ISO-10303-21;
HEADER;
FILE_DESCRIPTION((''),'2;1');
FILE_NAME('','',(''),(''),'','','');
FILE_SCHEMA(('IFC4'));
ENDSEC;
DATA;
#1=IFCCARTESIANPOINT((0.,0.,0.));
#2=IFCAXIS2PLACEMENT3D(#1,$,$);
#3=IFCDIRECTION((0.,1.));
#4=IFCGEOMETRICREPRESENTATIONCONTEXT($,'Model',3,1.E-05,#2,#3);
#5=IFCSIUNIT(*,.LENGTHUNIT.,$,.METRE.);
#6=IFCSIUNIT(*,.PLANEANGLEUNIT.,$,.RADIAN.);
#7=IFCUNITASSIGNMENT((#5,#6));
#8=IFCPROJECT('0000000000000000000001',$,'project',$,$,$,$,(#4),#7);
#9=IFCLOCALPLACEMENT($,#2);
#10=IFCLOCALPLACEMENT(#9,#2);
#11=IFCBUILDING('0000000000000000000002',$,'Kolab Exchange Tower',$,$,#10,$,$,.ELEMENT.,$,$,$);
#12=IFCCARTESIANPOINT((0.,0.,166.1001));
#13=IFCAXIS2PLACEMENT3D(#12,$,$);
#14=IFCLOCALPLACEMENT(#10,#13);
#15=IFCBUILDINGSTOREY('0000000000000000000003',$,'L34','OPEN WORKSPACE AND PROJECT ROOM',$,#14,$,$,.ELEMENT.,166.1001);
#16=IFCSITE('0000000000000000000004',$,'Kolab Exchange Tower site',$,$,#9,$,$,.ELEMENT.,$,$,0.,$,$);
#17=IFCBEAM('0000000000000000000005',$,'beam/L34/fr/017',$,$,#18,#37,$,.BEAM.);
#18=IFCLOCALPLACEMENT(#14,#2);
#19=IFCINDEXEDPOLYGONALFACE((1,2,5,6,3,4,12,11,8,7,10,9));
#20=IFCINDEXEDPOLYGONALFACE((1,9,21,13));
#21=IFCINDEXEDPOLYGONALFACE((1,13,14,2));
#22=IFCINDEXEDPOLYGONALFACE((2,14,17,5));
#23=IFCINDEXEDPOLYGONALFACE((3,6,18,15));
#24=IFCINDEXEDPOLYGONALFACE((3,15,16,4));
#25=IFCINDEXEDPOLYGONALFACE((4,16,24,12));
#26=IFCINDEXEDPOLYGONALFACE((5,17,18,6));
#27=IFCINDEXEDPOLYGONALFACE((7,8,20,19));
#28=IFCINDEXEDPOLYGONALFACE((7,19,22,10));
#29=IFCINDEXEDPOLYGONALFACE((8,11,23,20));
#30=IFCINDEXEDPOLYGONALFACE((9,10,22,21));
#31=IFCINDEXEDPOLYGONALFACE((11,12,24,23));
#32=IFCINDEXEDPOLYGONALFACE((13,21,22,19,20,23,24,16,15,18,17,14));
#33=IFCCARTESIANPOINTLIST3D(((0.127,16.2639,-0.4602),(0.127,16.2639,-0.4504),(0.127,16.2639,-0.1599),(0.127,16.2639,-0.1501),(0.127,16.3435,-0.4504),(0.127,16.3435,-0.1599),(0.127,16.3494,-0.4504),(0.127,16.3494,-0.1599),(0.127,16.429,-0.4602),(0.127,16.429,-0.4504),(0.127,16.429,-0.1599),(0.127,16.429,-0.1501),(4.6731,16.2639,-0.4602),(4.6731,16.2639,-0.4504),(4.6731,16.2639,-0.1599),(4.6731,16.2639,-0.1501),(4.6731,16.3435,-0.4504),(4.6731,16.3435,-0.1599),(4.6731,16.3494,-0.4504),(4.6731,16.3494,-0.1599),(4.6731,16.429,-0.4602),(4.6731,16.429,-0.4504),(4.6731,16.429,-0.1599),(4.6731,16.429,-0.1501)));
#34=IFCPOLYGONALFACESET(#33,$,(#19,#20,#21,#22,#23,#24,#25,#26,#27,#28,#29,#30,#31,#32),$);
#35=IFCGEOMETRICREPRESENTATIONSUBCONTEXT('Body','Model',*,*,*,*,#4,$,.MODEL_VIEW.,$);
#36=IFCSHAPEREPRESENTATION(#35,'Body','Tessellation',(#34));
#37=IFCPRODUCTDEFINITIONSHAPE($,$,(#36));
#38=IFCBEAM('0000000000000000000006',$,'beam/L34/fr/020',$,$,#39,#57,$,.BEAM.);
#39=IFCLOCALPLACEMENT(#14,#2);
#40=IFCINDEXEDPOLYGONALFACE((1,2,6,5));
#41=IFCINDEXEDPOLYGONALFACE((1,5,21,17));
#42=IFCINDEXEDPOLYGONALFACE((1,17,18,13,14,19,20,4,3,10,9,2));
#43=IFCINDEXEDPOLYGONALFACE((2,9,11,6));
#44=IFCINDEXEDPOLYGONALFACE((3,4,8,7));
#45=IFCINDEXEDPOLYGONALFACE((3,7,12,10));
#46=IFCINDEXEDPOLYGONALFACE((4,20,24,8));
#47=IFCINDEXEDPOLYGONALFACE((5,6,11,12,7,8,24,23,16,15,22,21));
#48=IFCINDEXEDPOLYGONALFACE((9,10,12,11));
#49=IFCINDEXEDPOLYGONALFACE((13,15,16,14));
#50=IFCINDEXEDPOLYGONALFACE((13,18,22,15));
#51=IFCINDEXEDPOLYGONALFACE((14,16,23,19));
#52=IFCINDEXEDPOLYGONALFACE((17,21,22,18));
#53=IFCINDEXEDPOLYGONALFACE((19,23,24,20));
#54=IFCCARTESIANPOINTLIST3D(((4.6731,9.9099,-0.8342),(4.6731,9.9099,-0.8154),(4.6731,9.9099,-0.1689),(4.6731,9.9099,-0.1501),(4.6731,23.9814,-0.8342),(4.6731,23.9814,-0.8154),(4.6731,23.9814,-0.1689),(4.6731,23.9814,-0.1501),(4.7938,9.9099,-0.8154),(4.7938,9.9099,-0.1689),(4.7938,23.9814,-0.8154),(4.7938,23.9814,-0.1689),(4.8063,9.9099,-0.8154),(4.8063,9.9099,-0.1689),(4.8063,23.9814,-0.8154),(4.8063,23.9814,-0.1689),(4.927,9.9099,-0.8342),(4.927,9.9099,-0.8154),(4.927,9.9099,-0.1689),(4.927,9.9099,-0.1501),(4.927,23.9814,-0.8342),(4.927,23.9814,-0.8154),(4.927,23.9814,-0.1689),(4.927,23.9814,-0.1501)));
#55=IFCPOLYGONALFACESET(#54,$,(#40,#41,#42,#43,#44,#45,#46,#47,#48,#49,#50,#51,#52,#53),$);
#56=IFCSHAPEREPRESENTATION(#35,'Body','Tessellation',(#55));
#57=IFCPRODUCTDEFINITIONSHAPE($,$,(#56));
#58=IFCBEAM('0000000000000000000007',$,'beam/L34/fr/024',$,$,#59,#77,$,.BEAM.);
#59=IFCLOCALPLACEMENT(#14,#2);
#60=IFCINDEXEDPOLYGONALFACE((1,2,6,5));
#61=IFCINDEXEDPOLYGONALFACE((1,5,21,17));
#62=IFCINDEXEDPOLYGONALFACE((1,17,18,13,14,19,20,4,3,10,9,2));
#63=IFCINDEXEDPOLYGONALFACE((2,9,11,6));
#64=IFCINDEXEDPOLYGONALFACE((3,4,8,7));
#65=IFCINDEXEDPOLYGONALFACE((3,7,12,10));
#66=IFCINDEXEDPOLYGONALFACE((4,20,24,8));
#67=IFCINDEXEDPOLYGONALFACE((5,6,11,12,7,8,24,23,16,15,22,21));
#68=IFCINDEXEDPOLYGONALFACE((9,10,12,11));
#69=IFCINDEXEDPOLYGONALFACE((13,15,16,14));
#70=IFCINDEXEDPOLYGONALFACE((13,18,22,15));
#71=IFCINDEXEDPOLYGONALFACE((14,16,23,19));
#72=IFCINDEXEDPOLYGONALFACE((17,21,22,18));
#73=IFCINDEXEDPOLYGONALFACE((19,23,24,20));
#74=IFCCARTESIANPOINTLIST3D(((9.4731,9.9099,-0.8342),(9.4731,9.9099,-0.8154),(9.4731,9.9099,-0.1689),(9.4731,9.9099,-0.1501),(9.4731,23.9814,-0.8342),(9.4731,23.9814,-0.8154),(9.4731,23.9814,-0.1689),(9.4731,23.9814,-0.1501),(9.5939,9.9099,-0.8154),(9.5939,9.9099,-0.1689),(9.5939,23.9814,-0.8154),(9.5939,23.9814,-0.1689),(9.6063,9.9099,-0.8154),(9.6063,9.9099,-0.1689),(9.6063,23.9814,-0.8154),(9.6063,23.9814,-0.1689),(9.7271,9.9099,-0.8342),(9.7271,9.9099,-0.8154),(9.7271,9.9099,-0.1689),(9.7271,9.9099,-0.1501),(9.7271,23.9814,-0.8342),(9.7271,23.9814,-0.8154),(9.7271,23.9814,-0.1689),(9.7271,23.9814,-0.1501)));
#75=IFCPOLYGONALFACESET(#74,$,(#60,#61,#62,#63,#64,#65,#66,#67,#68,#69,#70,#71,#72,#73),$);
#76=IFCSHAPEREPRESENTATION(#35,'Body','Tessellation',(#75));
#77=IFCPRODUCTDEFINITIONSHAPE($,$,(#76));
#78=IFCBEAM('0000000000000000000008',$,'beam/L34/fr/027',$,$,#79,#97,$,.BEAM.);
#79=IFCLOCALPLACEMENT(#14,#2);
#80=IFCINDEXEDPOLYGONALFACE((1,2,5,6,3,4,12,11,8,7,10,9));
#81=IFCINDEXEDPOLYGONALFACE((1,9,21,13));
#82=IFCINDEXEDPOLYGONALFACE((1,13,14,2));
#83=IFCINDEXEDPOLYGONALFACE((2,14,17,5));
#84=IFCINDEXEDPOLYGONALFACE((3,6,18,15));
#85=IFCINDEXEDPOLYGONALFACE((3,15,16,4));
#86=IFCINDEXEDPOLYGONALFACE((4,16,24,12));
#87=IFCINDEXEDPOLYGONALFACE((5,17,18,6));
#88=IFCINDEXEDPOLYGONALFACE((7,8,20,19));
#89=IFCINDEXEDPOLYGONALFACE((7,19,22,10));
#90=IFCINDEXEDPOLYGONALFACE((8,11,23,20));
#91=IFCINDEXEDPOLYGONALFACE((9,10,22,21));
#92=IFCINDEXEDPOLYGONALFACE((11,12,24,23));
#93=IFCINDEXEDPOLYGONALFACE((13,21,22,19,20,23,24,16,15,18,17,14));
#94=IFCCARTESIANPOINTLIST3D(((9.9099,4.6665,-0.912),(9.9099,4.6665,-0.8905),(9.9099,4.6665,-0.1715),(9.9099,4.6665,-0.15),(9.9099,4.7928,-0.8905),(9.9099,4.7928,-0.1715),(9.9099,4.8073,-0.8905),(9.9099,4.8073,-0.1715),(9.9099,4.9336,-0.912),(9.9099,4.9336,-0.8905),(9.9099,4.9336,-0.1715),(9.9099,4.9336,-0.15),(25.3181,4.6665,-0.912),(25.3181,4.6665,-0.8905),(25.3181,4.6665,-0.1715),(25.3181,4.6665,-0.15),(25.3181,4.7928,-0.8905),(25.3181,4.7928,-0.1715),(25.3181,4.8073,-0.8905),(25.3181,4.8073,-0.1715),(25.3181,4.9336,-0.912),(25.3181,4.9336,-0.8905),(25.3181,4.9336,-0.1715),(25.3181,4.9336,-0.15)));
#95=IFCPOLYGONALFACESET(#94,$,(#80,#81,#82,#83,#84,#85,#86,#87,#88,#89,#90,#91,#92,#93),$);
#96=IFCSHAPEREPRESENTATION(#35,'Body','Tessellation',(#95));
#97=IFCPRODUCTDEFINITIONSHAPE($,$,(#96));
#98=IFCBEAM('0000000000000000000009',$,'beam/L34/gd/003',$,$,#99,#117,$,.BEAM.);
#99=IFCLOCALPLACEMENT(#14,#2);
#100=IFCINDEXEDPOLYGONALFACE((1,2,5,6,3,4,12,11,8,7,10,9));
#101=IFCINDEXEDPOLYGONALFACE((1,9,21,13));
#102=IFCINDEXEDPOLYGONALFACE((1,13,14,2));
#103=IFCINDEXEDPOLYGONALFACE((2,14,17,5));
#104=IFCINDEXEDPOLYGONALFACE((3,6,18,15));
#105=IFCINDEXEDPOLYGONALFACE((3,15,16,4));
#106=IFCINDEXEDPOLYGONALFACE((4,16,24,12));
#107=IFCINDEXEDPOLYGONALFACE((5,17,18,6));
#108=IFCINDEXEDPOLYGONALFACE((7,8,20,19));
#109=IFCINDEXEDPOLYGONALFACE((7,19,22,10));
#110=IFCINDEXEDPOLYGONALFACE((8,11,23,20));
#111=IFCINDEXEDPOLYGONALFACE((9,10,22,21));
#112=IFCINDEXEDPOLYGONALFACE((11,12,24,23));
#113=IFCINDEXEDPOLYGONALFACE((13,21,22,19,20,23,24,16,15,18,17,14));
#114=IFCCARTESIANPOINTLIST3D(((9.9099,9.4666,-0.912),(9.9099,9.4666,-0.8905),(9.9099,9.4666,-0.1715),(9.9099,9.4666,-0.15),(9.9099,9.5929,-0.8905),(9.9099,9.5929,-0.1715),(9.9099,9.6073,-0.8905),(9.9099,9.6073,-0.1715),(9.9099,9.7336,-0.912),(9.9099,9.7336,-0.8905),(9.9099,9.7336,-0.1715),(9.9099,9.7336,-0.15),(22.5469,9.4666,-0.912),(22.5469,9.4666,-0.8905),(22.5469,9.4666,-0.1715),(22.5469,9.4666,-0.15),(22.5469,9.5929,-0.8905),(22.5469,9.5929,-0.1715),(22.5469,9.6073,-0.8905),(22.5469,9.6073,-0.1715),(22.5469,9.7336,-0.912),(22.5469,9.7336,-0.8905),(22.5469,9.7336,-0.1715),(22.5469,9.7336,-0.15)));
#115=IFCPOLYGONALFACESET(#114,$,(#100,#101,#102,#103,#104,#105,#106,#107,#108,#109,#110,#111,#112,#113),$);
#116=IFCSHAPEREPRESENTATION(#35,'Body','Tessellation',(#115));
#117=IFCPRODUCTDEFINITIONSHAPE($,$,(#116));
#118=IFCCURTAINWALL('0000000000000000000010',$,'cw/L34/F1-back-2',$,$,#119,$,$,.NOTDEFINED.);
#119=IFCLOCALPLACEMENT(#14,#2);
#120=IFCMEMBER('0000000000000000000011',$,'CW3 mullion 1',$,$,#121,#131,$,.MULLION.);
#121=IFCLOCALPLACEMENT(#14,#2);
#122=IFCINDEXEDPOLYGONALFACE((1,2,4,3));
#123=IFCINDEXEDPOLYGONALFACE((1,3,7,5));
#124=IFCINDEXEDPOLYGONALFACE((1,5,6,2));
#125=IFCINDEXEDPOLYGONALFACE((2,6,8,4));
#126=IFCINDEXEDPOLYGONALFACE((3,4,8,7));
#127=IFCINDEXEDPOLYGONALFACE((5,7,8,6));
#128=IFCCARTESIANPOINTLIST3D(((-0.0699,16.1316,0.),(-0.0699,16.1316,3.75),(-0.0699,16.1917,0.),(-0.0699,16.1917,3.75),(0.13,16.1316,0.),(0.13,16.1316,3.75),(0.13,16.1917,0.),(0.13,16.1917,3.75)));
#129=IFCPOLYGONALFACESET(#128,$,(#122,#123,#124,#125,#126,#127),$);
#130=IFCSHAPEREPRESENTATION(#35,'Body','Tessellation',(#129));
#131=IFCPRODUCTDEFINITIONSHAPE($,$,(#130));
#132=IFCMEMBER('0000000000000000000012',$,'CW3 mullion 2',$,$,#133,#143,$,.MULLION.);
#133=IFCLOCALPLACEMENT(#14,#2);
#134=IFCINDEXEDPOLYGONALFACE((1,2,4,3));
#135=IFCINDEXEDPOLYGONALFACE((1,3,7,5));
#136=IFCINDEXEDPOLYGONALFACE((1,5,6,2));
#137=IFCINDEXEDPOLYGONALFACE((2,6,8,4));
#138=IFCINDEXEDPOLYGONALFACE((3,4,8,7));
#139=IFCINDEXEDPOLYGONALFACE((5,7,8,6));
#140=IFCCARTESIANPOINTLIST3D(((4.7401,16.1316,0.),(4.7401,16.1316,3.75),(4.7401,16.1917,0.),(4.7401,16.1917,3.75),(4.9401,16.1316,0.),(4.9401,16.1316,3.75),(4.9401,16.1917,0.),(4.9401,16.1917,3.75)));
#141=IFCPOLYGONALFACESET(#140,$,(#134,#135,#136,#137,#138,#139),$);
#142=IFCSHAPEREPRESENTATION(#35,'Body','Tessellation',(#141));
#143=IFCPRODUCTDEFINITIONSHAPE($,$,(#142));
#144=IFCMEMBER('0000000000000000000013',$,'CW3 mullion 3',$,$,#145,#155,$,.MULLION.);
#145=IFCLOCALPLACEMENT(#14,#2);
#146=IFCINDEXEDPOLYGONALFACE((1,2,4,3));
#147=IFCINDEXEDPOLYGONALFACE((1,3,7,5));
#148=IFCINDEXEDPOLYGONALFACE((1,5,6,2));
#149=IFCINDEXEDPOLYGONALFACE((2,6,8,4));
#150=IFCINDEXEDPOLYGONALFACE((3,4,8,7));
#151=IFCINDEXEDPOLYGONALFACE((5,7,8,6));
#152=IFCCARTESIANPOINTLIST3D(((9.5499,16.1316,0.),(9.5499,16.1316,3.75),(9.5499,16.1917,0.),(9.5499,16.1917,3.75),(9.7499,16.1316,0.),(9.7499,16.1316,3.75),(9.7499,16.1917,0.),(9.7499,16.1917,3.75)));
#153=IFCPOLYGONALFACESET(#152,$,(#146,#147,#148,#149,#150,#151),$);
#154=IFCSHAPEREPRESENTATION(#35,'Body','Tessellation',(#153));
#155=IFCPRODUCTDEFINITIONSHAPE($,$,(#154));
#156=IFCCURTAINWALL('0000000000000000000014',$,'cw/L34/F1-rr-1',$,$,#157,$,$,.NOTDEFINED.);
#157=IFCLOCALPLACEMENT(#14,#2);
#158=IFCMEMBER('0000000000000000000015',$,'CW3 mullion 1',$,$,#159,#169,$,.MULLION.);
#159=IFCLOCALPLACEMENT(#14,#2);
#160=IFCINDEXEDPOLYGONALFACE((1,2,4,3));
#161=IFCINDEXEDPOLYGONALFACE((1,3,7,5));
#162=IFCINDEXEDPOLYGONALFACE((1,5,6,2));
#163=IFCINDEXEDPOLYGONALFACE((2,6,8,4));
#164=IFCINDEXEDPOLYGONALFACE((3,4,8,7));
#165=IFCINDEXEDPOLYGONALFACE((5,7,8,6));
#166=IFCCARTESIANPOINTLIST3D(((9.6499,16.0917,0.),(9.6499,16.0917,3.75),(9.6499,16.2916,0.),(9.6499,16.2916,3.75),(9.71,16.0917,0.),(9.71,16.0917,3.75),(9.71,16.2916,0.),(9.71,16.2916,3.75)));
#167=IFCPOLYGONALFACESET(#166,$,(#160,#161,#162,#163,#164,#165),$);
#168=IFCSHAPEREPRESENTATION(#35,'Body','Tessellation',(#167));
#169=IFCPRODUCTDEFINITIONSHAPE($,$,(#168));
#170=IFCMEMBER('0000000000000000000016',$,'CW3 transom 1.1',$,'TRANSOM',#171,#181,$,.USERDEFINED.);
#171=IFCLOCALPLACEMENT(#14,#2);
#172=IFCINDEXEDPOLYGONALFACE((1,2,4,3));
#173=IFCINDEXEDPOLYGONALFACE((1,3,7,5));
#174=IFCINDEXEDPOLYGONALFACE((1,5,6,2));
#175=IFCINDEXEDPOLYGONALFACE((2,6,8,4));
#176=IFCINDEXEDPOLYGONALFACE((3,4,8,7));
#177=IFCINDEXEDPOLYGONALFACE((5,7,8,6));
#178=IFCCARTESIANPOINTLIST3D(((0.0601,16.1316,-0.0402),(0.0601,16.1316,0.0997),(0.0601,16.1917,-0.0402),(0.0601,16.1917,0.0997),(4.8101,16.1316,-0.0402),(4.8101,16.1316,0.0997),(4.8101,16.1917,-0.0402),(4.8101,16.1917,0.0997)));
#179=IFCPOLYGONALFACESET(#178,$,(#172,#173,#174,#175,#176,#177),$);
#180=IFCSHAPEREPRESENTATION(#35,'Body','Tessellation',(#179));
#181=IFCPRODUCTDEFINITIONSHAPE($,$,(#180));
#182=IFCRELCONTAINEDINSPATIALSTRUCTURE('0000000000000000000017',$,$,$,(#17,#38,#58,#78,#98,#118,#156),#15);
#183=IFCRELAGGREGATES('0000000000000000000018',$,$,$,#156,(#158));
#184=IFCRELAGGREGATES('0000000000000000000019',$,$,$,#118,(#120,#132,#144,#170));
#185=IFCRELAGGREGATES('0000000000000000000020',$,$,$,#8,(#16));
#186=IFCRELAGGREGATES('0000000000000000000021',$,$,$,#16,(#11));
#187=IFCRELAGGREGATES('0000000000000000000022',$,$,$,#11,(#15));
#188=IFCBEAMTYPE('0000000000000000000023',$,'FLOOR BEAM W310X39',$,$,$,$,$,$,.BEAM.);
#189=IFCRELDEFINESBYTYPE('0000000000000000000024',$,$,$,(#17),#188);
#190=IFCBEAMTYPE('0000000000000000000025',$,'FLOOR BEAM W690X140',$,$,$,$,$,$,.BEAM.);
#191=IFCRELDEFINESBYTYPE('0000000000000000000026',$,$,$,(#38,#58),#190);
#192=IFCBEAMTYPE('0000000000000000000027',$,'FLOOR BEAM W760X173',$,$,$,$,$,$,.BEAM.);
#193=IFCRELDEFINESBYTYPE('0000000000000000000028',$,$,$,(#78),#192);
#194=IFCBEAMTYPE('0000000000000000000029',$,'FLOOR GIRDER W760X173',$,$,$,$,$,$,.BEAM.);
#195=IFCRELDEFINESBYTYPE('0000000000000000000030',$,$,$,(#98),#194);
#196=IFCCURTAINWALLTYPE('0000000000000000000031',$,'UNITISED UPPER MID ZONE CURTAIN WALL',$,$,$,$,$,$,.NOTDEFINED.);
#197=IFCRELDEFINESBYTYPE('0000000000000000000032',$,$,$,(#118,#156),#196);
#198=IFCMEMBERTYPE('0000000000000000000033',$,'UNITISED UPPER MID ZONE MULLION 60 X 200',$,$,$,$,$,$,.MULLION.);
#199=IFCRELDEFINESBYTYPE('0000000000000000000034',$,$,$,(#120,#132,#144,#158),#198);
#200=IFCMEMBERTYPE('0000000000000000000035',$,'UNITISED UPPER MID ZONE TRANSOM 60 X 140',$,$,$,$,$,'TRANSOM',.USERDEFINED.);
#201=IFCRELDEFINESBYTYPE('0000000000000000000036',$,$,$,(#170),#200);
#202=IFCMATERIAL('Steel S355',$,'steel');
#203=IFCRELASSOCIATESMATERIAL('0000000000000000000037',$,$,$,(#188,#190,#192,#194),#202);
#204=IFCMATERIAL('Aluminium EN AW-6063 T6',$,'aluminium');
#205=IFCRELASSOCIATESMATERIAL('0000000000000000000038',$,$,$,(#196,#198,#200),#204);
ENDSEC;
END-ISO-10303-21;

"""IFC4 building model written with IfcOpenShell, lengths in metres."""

from ifc_helpers import new_model, si_unit, direction, frame, origin, origin_2d, place, context, subcontext, project, spatial, rectangle, i_section, extrude, material, material_profile, profile_set, type_object, element, aggregate, save


model = new_model("IFC4")

# Units and contexts
model_context = context("Model", 3, precision=1e-05, world=origin(), true_north=direction((0.0, 1.0)))
body_context = subcontext(model_context, "Body", "Model", "MODEL_VIEW")
ifc_project = project(units=[si_unit("LENGTHUNIT", "METRE"), si_unit("PLANEANGLEUNIT", "RADIAN")], contexts=[model_context])

# Site, building, storey
site_placement = place(None, origin())
site = spatial("IfcSite", under=ifc_project, at=site_placement, Name="Kolab Exchange Tower site", CompositionType="ELEMENT", RefElevation=0.0)
building_placement = place(site_placement, origin())
building = spatial("IfcBuilding", under=site, at=building_placement, Name="Kolab Exchange Tower", CompositionType="ELEMENT")
storey_placement = place(building_placement, frame((0.0, 0.0, 166.1001)))
storey = spatial("IfcBuildingStorey", under=building, at=storey_placement, Name="L34", Description="OPEN WORKSPACE AND PROJECT ROOM", CompositionType="ELEMENT", Elevation=166.1001)

# Beams
ifc_material_1 = material(Name="Steel S355", Category="steel")
ifc_material_profile_1 = material_profile(ifc_material_1, i_section(OverallWidth=0.165, OverallDepth=0.3101, WebThickness=0.0059, FlangeThickness=0.0098, at=origin_2d()), Name="W310X39")
ifc_profile_set_1 = profile_set([ifc_material_profile_1], Name="Steel S355")
beam_type_1 = type_object("IfcBeamType", Name="FLOOR BEAM W310X39", PredefinedType="BEAM", material=ifc_profile_set_1)
beam_1_placement = place(storey_placement, frame((0.127, 16.3464, -0.3052), z_axis=(1.0, 0.0, 0.0), x_axis=(0.0, 1.0, 0.0)))
element("IfcBeam", 1, at=beam_1_placement, inside=storey, type_object=beam_type_1, Name="beam/L34/fr/017", PredefinedType="BEAM", context=body_context, shape_type="SweptSolid", body=[
    extrude(i_section(OverallWidth=0.165, OverallDepth=0.3101, WebThickness=0.0059, FlangeThickness=0.0098, at=origin_2d()), origin(), (0.0, 0.0, 1.0), 4.5461),
])
ifc_material_profile_2 = material_profile(ifc_material_1, i_section(OverallWidth=0.2539, OverallDepth=0.6841, WebThickness=0.0125, FlangeThickness=0.0188, at=origin_2d()), Name="W690X140")
ifc_profile_set_2 = profile_set([ifc_material_profile_2], Name="Steel S355")
beam_type_2 = type_object("IfcBeamType", Name="FLOOR BEAM W690X140", PredefinedType="BEAM", material=ifc_profile_set_2)
for number, where, z_axis, x_axis, name in (
    (2, (4.8, 9.9099, -0.4922), (0.0, 1.0, 0.0), (-1.0, 0.0, 0.0), "beam/L34/fr/020"),
    (3, (9.6001, 9.9099, -0.4922), (0.0, 1.0, 0.0), (-1.0, 0.0, 0.0), "beam/L34/fr/024"),
):
    element("IfcBeam", number, at=place(storey_placement, frame(where, z_axis=z_axis, x_axis=x_axis)), inside=storey, type_object=beam_type_2, Name=name, PredefinedType="BEAM", context=body_context, shape_type="SweptSolid", body=[
        extrude(i_section(OverallWidth=0.2539, OverallDepth=0.6841, WebThickness=0.0125, FlangeThickness=0.0188, at=origin_2d()), origin(), (0.0, 0.0, 1.0), 14.0715),
    ])
ifc_material_profile_3 = material_profile(ifc_material_1, i_section(OverallWidth=0.2671, OverallDepth=0.762, WebThickness=0.0144, FlangeThickness=0.0215, at=origin_2d()), Name="W760X173")
ifc_profile_set_3 = profile_set([ifc_material_profile_3], Name="Steel S355")
beam_type_3 = type_object("IfcBeamType", Name="FLOOR BEAM W760X173", PredefinedType="BEAM", material=ifc_profile_set_3)
beam_2_placement = place(storey_placement, frame((9.9099, 4.8, -0.531), z_axis=(1.0, 0.0, 0.0), x_axis=(0.0, 1.0, 0.0)))
element("IfcBeam", 4, at=beam_2_placement, inside=storey, type_object=beam_type_3, Name="beam/L34/fr/027", PredefinedType="BEAM", context=body_context, shape_type="SweptSolid", body=[
    extrude(i_section(OverallWidth=0.2671, OverallDepth=0.762, WebThickness=0.0144, FlangeThickness=0.0215, at=origin_2d()), origin(), (0.0, 0.0, 1.0), 15.4082),
])
ifc_material_profile_4 = material_profile(ifc_material_1, i_section(OverallWidth=0.2671, OverallDepth=0.762, WebThickness=0.0144, FlangeThickness=0.0215, at=origin_2d()), Name="W760X173")
ifc_profile_set_4 = profile_set([ifc_material_profile_4], Name="Steel S355")
beam_type_4 = type_object("IfcBeamType", Name="FLOOR GIRDER W760X173", PredefinedType="BEAM", material=ifc_profile_set_4)
beam_3_placement = place(storey_placement, frame((9.9099, 9.6001, -0.531), z_axis=(1.0, 0.0, 0.0), x_axis=(0.0, 1.0, 0.0)))
element("IfcBeam", 5, at=beam_3_placement, inside=storey, type_object=beam_type_4, Name="beam/L34/gd/003", PredefinedType="BEAM", context=body_context, shape_type="SweptSolid", body=[
    extrude(i_section(OverallWidth=0.2671, OverallDepth=0.762, WebThickness=0.0144, FlangeThickness=0.0215, at=origin_2d()), origin(), (0.0, 0.0, 1.0), 12.637),
])

# Curtain wall, members
ifc_material_2 = material(Name="Aluminium EN AW-6063 T6", Category="aluminium")
curtain_wall_type = type_object("IfcCurtainWallType", Name="UNITISED UPPER MID ZONE CURTAIN WALL", PredefinedType="NOTDEFINED", material=ifc_material_2)
curtain_wall_1_placement = place(storey_placement, origin())
curtain_wall_1 = element("IfcCurtainWall", 6, at=curtain_wall_1_placement, inside=storey, type_object=curtain_wall_type, Name="cw/L34/F1-back-2", PredefinedType="NOTDEFINED")
ifc_material_profile_5 = material_profile(ifc_material_2, rectangle(XDim=0.0601, YDim=0.2, at=origin_2d()), Name="RECT 60X200")
ifc_profile_set_5 = profile_set([ifc_material_profile_5], Name="Aluminium EN AW-6063 T6")
member_type_1 = type_object("IfcMemberType", Name="UNITISED UPPER MID ZONE MULLION 60 X 200", PredefinedType="MULLION", material=ifc_profile_set_5)
member_1_placement = place(storey_placement, frame((0.03, 16.1616, 0.0), z_axis=(0.0, 0.0, 1.0), x_axis=(0.0, 1.0, 0.0)))
member_1 = element("IfcMember", 7, at=member_1_placement, type_object=member_type_1, Name="CW3 mullion 1", PredefinedType="MULLION", context=body_context, shape_type="SweptSolid", body=[
    extrude(rectangle(XDim=0.0601, YDim=0.2, at=origin_2d()), origin(), (0.0, 0.0, 1.0), 3.75),
])
member_2_placement = place(storey_placement, frame((4.8401, 16.1616, 0.0), z_axis=(0.0, 0.0, 1.0), x_axis=(0.0, 1.0, 0.0)))
member_2 = element("IfcMember", 8, at=member_2_placement, type_object=member_type_1, Name="CW3 mullion 2", PredefinedType="MULLION", context=body_context, shape_type="SweptSolid", body=[
    extrude(rectangle(XDim=0.0601, YDim=0.2, at=origin_2d()), origin(), (0.0, 0.0, 1.0), 3.75),
])
member_3_placement = place(storey_placement, frame((9.6499, 16.1616, 0.0), z_axis=(0.0, 0.0, 1.0), x_axis=(0.0, 1.0, 0.0)))
member_3 = element("IfcMember", 9, at=member_3_placement, type_object=member_type_1, Name="CW3 mullion 3", PredefinedType="MULLION", context=body_context, shape_type="SweptSolid", body=[
    extrude(rectangle(XDim=0.0601, YDim=0.2, at=origin_2d()), origin(), (0.0, 0.0, 1.0), 3.75),
])

# Curtain wall, member
curtain_wall_2_placement = place(storey_placement, origin())
curtain_wall_2 = element("IfcCurtainWall", 10, at=curtain_wall_2_placement, inside=storey, type_object=curtain_wall_type, Name="cw/L34/F1-rr-1", PredefinedType="NOTDEFINED")
member_4_placement = place(storey_placement, frame((9.6799, 16.1917, 0.0), z_axis=(0.0, 0.0, 1.0), x_axis=(-1.0, 0.0, 0.0)))
member_4 = element("IfcMember", 11, at=member_4_placement, type_object=member_type_1, Name="CW3 mullion 1", PredefinedType="MULLION", context=body_context, shape_type="SweptSolid", body=[
    extrude(rectangle(XDim=0.0601, YDim=0.2, at=origin_2d()), origin(), (0.0, 0.0, 1.0), 3.75),
])

# Member
ifc_material_profile_6 = material_profile(ifc_material_2, rectangle(XDim=0.0601, YDim=0.1399, at=origin_2d()), Name="RECT 60X140")
ifc_profile_set_6 = profile_set([ifc_material_profile_6], Name="Aluminium EN AW-6063 T6")
member_type_2 = type_object("IfcMemberType", Name="UNITISED UPPER MID ZONE TRANSOM 60 X 140", ElementType="TRANSOM", PredefinedType="USERDEFINED", material=ifc_profile_set_6)
member_5_placement = place(storey_placement, frame((0.0601, 16.1616, 0.0298), z_axis=(1.0, 0.0, 0.0), x_axis=(0.0, 1.0, 0.0)))
member_5 = element("IfcMember", 12, at=member_5_placement, type_object=member_type_2, Name="CW3 transom 1.1", ObjectType="TRANSOM", PredefinedType="USERDEFINED", context=body_context, shape_type="SweptSolid", body=[
    extrude(rectangle(XDim=0.0601, YDim=0.1399, at=origin_2d()), origin(), (0.0, 0.0, 1.0), 4.75),
])
aggregate(curtain_wall_2, [member_4])

aggregate(curtain_wall_1, [member_1, member_2, member_3, member_5])

save(model, "model.ifc")
